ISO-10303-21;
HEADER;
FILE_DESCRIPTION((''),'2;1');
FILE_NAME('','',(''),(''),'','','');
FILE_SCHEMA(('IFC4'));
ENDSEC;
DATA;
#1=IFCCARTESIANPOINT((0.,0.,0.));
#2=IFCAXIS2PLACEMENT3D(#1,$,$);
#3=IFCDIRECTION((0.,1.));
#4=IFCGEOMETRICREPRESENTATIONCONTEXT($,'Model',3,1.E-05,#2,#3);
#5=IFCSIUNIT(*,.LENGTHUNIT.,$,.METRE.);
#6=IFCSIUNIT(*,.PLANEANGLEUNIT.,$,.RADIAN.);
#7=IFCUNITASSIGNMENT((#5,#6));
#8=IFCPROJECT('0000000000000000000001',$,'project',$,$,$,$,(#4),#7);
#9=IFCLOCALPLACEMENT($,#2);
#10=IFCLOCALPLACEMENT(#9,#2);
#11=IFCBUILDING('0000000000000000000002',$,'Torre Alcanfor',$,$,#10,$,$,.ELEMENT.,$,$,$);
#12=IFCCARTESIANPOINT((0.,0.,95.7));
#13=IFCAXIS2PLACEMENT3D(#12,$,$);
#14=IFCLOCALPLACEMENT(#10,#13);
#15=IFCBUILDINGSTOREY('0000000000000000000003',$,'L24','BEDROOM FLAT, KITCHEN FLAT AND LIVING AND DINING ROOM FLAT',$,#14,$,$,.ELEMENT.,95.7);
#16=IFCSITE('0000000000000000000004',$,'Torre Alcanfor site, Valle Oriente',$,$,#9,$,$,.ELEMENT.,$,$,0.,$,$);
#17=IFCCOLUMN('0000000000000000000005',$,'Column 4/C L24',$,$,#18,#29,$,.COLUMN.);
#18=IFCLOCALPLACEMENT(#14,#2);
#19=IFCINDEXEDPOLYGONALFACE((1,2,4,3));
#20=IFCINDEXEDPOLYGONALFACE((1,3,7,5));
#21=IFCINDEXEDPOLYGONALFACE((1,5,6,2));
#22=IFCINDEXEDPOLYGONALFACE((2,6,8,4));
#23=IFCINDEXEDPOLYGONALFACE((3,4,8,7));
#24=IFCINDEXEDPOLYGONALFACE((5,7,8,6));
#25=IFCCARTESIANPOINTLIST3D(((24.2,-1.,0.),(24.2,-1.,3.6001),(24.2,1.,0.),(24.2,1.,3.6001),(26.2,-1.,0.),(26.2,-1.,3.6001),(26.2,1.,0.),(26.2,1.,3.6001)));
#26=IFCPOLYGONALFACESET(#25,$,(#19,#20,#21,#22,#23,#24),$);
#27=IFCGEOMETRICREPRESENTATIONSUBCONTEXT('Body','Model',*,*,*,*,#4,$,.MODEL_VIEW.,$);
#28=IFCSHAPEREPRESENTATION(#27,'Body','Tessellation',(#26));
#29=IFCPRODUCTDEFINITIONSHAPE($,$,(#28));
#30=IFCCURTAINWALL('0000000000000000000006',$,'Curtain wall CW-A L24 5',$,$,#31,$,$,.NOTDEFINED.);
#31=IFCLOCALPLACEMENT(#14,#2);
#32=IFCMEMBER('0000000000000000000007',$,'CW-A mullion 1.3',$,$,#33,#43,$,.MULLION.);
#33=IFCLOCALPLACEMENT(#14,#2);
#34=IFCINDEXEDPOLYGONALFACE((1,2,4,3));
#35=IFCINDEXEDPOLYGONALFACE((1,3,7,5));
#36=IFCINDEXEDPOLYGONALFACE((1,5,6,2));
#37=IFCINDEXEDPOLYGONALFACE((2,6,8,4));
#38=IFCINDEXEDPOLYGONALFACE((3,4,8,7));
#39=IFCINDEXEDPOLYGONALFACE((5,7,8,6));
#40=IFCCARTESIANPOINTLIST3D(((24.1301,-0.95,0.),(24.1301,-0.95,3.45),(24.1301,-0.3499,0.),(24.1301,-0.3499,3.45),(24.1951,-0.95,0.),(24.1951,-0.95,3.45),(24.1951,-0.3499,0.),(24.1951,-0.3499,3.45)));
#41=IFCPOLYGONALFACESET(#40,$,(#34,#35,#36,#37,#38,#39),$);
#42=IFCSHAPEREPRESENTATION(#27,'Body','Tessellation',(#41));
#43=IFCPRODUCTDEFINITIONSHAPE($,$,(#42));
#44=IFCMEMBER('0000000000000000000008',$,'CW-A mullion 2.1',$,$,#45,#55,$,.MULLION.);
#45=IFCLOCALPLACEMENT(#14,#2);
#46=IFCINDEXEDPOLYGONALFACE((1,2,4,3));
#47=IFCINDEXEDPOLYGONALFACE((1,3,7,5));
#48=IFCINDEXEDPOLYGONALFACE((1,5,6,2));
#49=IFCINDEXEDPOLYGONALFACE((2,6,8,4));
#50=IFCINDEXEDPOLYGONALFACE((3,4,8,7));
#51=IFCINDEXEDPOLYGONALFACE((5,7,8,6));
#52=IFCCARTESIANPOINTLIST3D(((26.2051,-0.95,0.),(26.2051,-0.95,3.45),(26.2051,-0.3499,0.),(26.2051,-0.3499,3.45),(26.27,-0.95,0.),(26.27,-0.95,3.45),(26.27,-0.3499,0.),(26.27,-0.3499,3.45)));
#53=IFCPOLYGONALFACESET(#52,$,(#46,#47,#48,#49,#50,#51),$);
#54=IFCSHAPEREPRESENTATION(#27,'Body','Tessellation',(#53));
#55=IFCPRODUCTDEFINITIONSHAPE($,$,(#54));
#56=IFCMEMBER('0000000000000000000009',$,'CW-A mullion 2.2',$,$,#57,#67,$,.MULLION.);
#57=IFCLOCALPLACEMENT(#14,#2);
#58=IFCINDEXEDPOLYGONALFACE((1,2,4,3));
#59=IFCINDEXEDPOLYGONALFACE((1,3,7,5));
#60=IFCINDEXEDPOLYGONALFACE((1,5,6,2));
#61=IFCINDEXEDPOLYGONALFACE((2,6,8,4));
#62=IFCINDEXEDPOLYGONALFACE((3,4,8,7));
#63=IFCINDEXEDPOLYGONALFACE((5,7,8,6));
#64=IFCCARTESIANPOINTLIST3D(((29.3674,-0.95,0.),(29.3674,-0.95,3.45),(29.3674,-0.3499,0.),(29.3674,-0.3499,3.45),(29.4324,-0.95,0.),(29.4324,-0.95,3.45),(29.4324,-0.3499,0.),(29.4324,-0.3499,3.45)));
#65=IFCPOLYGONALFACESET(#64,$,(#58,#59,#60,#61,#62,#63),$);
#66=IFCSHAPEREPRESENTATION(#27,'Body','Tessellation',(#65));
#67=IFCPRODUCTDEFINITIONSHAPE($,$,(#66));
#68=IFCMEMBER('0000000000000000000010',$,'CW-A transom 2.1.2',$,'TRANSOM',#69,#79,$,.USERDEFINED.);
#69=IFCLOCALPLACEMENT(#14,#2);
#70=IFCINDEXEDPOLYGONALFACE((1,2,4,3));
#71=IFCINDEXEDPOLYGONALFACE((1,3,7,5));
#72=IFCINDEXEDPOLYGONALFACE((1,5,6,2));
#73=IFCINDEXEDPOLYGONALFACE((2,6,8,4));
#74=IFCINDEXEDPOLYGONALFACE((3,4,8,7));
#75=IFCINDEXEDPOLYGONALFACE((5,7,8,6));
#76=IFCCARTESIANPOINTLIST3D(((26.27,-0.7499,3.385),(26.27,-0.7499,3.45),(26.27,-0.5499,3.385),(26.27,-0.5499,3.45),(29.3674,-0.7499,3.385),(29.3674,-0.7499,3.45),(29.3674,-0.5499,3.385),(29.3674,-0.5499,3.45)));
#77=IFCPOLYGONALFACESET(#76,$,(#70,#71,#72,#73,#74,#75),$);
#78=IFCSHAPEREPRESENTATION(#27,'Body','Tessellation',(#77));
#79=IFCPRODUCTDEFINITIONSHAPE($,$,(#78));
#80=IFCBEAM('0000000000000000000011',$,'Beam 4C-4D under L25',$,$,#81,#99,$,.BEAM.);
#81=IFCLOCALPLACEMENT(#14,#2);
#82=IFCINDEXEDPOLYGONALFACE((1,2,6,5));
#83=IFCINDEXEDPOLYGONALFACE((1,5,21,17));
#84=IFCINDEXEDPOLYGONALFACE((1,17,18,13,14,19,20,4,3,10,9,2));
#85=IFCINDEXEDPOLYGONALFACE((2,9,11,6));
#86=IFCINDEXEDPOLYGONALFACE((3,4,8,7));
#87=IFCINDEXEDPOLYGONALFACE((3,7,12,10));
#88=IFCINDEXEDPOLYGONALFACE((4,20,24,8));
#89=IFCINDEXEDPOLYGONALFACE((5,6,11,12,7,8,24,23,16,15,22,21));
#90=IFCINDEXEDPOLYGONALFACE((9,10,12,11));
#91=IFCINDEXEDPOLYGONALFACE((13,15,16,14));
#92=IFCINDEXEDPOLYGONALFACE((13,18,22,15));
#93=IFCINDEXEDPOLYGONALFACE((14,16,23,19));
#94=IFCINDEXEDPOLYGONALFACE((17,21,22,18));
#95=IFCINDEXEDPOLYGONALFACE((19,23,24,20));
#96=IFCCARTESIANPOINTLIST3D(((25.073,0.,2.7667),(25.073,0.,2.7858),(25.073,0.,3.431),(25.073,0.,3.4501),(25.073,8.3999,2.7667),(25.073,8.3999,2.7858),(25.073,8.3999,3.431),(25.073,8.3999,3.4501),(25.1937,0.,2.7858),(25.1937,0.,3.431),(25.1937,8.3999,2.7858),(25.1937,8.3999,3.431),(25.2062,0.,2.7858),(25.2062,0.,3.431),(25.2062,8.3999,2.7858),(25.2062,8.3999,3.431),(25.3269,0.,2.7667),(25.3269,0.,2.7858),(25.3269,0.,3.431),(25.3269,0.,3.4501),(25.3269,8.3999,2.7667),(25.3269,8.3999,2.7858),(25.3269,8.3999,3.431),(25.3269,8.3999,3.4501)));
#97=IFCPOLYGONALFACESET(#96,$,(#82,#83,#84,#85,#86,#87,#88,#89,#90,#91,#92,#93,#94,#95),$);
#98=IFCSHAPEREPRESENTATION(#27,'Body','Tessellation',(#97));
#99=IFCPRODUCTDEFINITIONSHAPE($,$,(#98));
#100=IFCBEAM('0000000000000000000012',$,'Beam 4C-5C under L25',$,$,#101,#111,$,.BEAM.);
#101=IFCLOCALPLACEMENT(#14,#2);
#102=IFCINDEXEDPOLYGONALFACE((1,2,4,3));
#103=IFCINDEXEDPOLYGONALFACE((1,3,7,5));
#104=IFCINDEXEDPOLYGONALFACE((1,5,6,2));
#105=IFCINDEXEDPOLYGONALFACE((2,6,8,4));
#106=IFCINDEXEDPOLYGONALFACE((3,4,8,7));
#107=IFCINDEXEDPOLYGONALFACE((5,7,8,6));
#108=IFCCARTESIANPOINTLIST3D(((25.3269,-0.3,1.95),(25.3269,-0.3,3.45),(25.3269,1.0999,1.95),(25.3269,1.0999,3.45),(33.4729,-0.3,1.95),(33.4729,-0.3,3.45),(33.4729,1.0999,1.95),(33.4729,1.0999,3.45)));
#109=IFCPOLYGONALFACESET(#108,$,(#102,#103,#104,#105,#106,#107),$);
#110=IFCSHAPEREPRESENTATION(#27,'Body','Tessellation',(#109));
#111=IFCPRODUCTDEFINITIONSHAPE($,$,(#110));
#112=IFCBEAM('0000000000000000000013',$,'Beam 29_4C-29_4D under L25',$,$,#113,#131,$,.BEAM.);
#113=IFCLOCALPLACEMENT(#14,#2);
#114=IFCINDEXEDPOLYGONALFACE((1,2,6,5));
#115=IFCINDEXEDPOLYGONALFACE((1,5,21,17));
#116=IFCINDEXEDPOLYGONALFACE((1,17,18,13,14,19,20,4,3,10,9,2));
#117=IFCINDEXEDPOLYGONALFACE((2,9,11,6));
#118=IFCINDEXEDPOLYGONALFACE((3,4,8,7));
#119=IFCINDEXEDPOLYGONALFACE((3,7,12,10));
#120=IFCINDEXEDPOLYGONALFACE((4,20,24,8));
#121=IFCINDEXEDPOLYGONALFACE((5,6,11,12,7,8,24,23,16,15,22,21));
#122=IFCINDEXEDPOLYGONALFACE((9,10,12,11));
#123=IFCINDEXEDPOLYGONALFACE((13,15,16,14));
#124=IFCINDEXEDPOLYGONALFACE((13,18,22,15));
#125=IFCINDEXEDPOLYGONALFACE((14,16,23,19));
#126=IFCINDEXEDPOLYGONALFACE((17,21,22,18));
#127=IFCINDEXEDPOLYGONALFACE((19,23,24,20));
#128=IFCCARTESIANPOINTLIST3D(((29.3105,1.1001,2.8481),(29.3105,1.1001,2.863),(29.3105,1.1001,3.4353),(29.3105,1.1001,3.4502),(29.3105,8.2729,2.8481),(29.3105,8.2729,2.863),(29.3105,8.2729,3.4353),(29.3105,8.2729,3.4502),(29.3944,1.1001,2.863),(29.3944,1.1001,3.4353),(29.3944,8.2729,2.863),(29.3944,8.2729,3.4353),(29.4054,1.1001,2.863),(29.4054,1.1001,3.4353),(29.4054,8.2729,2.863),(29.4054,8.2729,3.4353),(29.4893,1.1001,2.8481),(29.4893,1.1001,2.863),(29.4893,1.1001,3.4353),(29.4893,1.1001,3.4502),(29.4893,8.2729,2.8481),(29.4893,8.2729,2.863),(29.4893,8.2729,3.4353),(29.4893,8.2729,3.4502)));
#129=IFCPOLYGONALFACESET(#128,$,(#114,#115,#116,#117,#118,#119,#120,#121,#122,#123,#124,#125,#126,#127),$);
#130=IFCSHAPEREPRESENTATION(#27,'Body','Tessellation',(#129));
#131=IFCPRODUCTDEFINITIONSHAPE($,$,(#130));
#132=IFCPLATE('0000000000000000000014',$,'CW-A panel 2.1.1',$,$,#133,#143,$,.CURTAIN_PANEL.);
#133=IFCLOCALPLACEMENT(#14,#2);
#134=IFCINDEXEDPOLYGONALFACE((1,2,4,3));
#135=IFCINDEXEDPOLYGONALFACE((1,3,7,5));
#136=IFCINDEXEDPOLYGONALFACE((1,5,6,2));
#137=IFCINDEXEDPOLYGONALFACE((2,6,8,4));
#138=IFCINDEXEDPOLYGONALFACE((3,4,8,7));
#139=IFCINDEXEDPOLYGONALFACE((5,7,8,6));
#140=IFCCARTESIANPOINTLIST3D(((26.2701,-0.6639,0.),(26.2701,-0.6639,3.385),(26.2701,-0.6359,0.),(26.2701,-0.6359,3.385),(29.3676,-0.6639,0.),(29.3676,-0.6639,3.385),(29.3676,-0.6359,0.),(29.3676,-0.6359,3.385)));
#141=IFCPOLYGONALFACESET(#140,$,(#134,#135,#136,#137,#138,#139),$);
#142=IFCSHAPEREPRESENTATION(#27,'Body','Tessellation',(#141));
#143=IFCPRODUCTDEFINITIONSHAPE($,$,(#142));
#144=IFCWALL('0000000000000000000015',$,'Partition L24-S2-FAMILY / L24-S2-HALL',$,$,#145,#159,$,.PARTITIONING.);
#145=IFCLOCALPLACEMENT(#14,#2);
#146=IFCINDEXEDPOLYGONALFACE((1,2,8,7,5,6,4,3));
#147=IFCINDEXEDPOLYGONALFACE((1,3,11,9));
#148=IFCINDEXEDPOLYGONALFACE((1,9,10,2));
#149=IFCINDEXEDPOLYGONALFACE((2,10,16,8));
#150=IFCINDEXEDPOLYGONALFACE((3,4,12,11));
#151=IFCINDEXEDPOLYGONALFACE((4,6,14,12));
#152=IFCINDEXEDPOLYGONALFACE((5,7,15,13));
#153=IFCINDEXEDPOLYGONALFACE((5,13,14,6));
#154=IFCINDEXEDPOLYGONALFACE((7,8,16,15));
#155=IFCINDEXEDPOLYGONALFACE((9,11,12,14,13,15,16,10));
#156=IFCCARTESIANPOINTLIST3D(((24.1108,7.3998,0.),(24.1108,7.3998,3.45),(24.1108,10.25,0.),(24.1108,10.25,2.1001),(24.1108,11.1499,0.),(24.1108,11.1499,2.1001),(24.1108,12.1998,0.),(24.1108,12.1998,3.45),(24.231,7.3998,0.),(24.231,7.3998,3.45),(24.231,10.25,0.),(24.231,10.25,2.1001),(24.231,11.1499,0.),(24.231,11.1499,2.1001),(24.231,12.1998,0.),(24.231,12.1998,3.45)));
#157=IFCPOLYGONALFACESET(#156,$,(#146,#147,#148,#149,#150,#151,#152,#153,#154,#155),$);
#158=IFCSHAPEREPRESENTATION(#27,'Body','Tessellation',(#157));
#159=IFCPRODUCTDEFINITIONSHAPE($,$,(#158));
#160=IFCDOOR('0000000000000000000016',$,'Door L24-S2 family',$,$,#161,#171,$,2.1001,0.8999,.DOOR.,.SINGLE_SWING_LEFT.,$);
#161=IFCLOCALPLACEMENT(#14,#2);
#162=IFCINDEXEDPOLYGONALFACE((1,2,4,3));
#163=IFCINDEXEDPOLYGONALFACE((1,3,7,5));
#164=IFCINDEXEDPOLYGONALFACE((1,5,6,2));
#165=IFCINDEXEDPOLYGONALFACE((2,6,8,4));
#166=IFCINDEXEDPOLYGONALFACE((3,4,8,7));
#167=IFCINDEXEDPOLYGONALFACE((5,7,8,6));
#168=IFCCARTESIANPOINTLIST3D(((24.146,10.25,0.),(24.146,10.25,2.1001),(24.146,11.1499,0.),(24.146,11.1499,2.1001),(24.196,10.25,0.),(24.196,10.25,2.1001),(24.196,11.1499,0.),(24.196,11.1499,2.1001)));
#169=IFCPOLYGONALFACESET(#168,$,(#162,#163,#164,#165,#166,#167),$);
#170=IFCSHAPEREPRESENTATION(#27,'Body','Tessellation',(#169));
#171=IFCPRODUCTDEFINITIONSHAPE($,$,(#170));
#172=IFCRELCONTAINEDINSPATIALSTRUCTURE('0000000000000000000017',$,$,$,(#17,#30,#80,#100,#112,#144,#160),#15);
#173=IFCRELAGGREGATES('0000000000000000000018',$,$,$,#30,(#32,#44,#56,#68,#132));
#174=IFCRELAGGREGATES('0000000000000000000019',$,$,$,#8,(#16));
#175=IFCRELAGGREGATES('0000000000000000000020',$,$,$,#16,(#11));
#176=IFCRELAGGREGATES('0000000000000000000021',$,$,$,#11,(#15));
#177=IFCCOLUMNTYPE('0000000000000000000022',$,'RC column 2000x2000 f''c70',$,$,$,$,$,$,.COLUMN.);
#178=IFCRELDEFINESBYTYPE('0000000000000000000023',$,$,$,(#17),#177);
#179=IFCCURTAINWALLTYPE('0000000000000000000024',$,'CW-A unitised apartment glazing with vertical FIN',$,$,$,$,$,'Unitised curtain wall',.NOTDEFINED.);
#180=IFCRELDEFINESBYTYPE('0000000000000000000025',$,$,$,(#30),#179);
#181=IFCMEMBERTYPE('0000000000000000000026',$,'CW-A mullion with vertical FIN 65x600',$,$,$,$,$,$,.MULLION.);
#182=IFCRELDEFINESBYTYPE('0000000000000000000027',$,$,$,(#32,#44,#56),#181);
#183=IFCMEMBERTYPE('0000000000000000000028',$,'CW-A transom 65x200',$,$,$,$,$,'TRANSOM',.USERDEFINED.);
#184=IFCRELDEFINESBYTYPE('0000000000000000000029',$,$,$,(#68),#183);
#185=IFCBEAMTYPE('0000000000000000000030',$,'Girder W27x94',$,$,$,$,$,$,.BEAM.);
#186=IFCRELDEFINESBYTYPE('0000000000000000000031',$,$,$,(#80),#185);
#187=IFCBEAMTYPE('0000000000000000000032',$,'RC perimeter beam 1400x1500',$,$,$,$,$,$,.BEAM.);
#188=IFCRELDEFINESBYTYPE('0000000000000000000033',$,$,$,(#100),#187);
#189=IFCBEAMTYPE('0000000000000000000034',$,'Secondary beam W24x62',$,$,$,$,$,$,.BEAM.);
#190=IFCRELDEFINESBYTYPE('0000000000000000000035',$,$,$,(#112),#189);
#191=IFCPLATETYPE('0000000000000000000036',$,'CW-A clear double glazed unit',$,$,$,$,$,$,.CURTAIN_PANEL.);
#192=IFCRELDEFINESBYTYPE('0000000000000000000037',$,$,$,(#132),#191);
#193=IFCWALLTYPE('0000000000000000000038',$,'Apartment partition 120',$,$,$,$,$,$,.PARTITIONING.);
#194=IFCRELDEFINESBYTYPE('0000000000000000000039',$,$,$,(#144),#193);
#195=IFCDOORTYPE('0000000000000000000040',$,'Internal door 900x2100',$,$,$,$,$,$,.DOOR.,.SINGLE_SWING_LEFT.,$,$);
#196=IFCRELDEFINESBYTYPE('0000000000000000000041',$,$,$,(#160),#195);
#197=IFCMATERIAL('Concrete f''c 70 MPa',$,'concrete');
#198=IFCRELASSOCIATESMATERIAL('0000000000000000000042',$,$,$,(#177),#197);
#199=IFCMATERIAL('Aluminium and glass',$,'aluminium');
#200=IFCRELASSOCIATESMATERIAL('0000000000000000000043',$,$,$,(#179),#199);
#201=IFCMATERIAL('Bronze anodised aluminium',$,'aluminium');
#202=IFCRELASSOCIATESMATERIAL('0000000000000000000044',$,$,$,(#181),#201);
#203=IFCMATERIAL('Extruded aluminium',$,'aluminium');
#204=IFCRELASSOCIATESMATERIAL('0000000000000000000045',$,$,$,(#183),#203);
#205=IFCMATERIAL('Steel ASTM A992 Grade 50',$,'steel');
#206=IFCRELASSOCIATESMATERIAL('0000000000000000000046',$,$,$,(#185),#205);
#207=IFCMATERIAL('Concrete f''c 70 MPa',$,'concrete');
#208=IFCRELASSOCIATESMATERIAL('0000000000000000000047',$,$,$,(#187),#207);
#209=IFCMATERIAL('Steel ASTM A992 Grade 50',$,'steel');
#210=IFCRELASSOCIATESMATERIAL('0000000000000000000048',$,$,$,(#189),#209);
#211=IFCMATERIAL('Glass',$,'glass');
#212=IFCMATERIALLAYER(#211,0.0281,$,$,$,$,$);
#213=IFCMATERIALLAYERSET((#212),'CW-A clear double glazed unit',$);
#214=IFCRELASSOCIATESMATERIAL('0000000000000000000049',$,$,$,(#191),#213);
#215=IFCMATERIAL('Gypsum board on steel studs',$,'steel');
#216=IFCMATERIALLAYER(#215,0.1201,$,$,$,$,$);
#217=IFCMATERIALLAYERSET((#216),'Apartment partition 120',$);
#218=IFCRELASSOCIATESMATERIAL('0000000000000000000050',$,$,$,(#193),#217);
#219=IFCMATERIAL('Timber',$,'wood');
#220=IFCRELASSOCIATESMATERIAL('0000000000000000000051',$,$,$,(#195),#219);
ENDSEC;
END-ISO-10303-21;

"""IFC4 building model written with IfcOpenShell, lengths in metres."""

from ifc_helpers import new_model, si_unit, direction, frame, frame_2d, origin, origin_2d, place, context, subcontext, project, spatial, rectangle, i_section, extrude, material, layer, layer_set, material_profile, profile_set, type_object, element, fill, aggregate, save


model = new_model("IFC4")

# Units and contexts
model_context = context("Model", 3, precision=1e-05, world=origin(), true_north=direction((0.0, 1.0)))
body_context = subcontext(model_context, "Body", "Model", "MODEL_VIEW")
ifc_project = project(units=[si_unit("LENGTHUNIT", "METRE"), si_unit("PLANEANGLEUNIT", "RADIAN")], contexts=[model_context])

# Site, building, storey
site_placement = place(None, origin())
site = spatial("IfcSite", under=ifc_project, at=site_placement, Name="Torre Alcanfor site, Valle Oriente", CompositionType="ELEMENT", RefElevation=0.0)
building_placement = place(site_placement, origin())
building = spatial("IfcBuilding", under=site, at=building_placement, Name="Torre Alcanfor", CompositionType="ELEMENT")
storey_placement = place(building_placement, frame((0.0, 0.0, 95.7)))
storey = spatial("IfcBuildingStorey", under=building, at=storey_placement, Name="L24", Description="BEDROOM FLAT, KITCHEN FLAT AND LIVING AND DINING ROOM FLAT", CompositionType="ELEMENT", Elevation=95.7)

# Column
ifc_material_1 = material(Name="Concrete f'c 70 MPa", Category="concrete")
ifc_material_profile_1 = material_profile(ifc_material_1, rectangle(XDim=2.0, YDim=2.0, at=origin_2d()), Name="2000x2000")
ifc_profile_set_1 = profile_set([ifc_material_profile_1], Name="Concrete f'c 70 MPa")
column_type = type_object("IfcColumnType", Name="RC column 2000x2000 f'c70", PredefinedType="COLUMN", material=ifc_profile_set_1)
column_placement = place(storey_placement, frame((25.2, 0.0, 0.0), z_axis=(0.0, 0.0, 1.0), x_axis=(1.0, 0.0, 0.0)))
element("IfcColumn", 1, at=column_placement, inside=storey, type_object=column_type, Name="Column 4/C L24", PredefinedType="COLUMN", context=body_context, shape_type="SweptSolid", body=[
    extrude(rectangle(XDim=2.0, YDim=2.0, at=origin_2d()), origin(), (0.0, 0.0, 1.0), 3.6001),
])

# Curtain wall, members
ifc_material_2 = material(Name="Aluminium and glass", Category="aluminium")
curtain_wall_type = type_object("IfcCurtainWallType", Name="CW-A unitised apartment glazing with vertical FIN", ElementType="Unitised curtain wall", PredefinedType="NOTDEFINED", material=ifc_material_2)
curtain_wall_placement = place(storey_placement, origin())
curtain_wall = element("IfcCurtainWall", 2, at=curtain_wall_placement, inside=storey, type_object=curtain_wall_type, Name="Curtain wall CW-A L24 5", PredefinedType="NOTDEFINED")
ifc_material_3 = material(Name="Bronze anodised aluminium", Category="aluminium")
ifc_material_profile_2 = material_profile(ifc_material_3, rectangle(XDim=0.6001, YDim=0.0649, at=origin_2d()), Name="CW-A mullion 65x600")
ifc_profile_set_2 = profile_set([ifc_material_profile_2], Name="Bronze anodised aluminium")
member_type_1 = type_object("IfcMemberType", Name="CW-A mullion with vertical FIN 65x600", PredefinedType="MULLION", material=ifc_profile_set_2)
member_1_placement = place(storey_placement, frame((24.1626, -0.6499, 0.0), z_axis=(0.0, 0.0, 1.0), x_axis=(0.0, 1.0, 0.0)))
member_1 = element("IfcMember", 3, at=member_1_placement, type_object=member_type_1, Name="CW-A mullion 1.3", PredefinedType="MULLION", context=body_context, shape_type="SweptSolid", body=[
    extrude(rectangle(XDim=0.6001, YDim=0.0649, at=origin_2d()), origin(), (0.0, 0.0, 1.0), 3.45),
])
member_2_placement = place(storey_placement, frame((26.2375, -0.6499, 0.0), z_axis=(0.0, 0.0, 1.0), x_axis=(0.0, 1.0, 0.0)))
member_2 = element("IfcMember", 4, at=member_2_placement, type_object=member_type_1, Name="CW-A mullion 2.1", PredefinedType="MULLION", context=body_context, shape_type="SweptSolid", body=[
    extrude(rectangle(XDim=0.6001, YDim=0.0649, at=origin_2d()), origin(), (0.0, 0.0, 1.0), 3.45),
])
member_3_placement = place(storey_placement, frame((29.3999, -0.6499, 0.0), z_axis=(0.0, 0.0, 1.0), x_axis=(0.0, 1.0, 0.0)))
member_3 = element("IfcMember", 5, at=member_3_placement, type_object=member_type_1, Name="CW-A mullion 2.2", PredefinedType="MULLION", context=body_context, shape_type="SweptSolid", body=[
    extrude(rectangle(XDim=0.6001, YDim=0.0649, at=origin_2d()), origin(), (0.0, 0.0, 1.0), 3.45),
])
ifc_material_4 = material(Name="Extruded aluminium", Category="aluminium")
ifc_material_profile_3 = material_profile(ifc_material_4, rectangle(XDim=0.2, YDim=0.0649, at=origin_2d()), Name="CW-A transom 200x65")
ifc_profile_set_3 = profile_set([ifc_material_profile_3], Name="Extruded aluminium")
member_type_2 = type_object("IfcMemberType", Name="CW-A transom 65x200", ElementType="TRANSOM", PredefinedType="USERDEFINED", material=ifc_profile_set_3)
member_4_placement = place(storey_placement, frame((26.27, -0.6499, 3.4175), z_axis=(1.0, 0.0, 0.0), x_axis=(0.0, 1.0, 0.0)))
member_4 = element("IfcMember", 6, at=member_4_placement, type_object=member_type_2, Name="CW-A transom 2.1.2", ObjectType="TRANSOM", PredefinedType="USERDEFINED", context=body_context, shape_type="SweptSolid", body=[
    extrude(rectangle(XDim=0.2, YDim=0.0649, at=origin_2d()), origin(), (0.0, 0.0, 1.0), 3.0974),
])

# Beams
ifc_material_5 = material(Name="Steel ASTM A992 Grade 50", Category="steel")
ifc_material_profile_4 = material_profile(ifc_material_5, i_section(OverallWidth=0.2539, OverallDepth=0.6833, WebThickness=0.0125, FlangeThickness=0.019, at=origin_2d()), Name="W27x94")
ifc_profile_set_4 = profile_set([ifc_material_profile_4], Name="Steel ASTM A992 Grade 50")
beam_type_1 = type_object("IfcBeamType", Name="Girder W27x94", PredefinedType="BEAM", material=ifc_profile_set_4)
beam_1_placement = place(storey_placement, frame((25.2, 0.0, 3.1084), z_axis=(0.0, 1.0, 0.0), x_axis=(-1.0, 0.0, 0.0)))
element("IfcBeam", 7, at=beam_1_placement, inside=storey, type_object=beam_type_1, Name="Beam 4C-4D under L25", PredefinedType="BEAM", context=body_context, shape_type="SweptSolid", body=[
    extrude(i_section(OverallWidth=0.2539, OverallDepth=0.6833, WebThickness=0.0125, FlangeThickness=0.019, at=origin_2d()), origin(), (0.0, 0.0, 1.0), 8.3999),
])
ifc_material_6 = material(Name="Concrete f'c 70 MPa", Category="concrete")
ifc_material_profile_5 = material_profile(ifc_material_6, rectangle(XDim=1.3999, YDim=1.5, at=origin_2d()), Name="1400x1500")
ifc_profile_set_5 = profile_set([ifc_material_profile_5], Name="Concrete f'c 70 MPa")
beam_type_2 = type_object("IfcBeamType", Name="RC perimeter beam 1400x1500", PredefinedType="BEAM", material=ifc_profile_set_5)
beam_2_placement = place(storey_placement, frame((25.3269, 0.3999, 2.7), z_axis=(1.0, 0.0, 0.0), x_axis=(0.0, 1.0, 0.0)))
element("IfcBeam", 8, at=beam_2_placement, inside=storey, type_object=beam_type_2, Name="Beam 4C-5C under L25", PredefinedType="BEAM", context=body_context, shape_type="SweptSolid", body=[
    extrude(rectangle(XDim=1.3999, YDim=1.5, at=origin_2d()), origin(), (0.0, 0.0, 1.0), 8.146),
])
ifc_material_7 = material(Name="Steel ASTM A992 Grade 50", Category="steel")
ifc_material_profile_6 = material_profile(ifc_material_7, i_section(OverallWidth=0.1787, OverallDepth=0.6021, WebThickness=0.011, FlangeThickness=0.0149, at=origin_2d()), Name="W24x62")
ifc_profile_set_6 = profile_set([ifc_material_profile_6], Name="Steel ASTM A992 Grade 50")
beam_type_3 = type_object("IfcBeamType", Name="Secondary beam W24x62", PredefinedType="BEAM", material=ifc_profile_set_6)
beam_3_placement = place(storey_placement, frame((29.3999, 1.1001, 3.1492), z_axis=(0.0, 1.0, 0.0), x_axis=(-1.0, 0.0, 0.0)))
element("IfcBeam", 9, at=beam_3_placement, inside=storey, type_object=beam_type_3, Name="Beam 29_4C-29_4D under L25", PredefinedType="BEAM", context=body_context, shape_type="SweptSolid", body=[
    extrude(i_section(OverallWidth=0.1787, OverallDepth=0.6021, WebThickness=0.011, FlangeThickness=0.0149, at=origin_2d()), origin(), (0.0, 0.0, 1.0), 7.1729),
])

# Plate
ifc_material_8 = material(Name="Glass", Category="glass")
ifc_layer_1 = layer(ifc_material_8, 0.0281)
ifc_layer_set_1 = layer_set([ifc_layer_1], Name="CW-A clear double glazed unit")
plate_type = type_object("IfcPlateType", Name="CW-A clear double glazed unit", PredefinedType="CURTAIN_PANEL", material=ifc_layer_set_1)
plate_placement = place(storey_placement, frame((27.8188, -0.6499, 0.0), z_axis=(0.0, 0.0, 1.0), x_axis=(1.0, 0.0, 0.0)))
plate = element("IfcPlate", 10, at=plate_placement, type_object=plate_type, Name="CW-A panel 2.1.1", PredefinedType="CURTAIN_PANEL", context=body_context, shape_type="SweptSolid", body=[
    extrude(rectangle(XDim=3.0974, YDim=0.0281, at=origin_2d()), origin(), (0.0, 0.0, 1.0), 3.385),
])
aggregate(curtain_wall, [member_1, member_2, member_3, member_4, plate])

# Wall, opening, door
ifc_material_9 = material(Name="Gypsum board on steel studs", Category="steel")
ifc_layer_2 = layer(ifc_material_9, 0.1201)
ifc_layer_set_2 = layer_set([ifc_layer_2], Name="Apartment partition 120")
wall_type = type_object("IfcWallType", Name="Apartment partition 120", PredefinedType="PARTITIONING", material=ifc_layer_set_2)
wall_1_placement = place(storey_placement, frame((24.1709, 7.3999, 0.0), z_axis=(0.0, 0.0, 1.0), x_axis=(0.0, 1.0, 0.0)))
wall_1 = element("IfcWall", 11, at=wall_1_placement, inside=storey, type_object=wall_type, Name="Partition L24-S2-FAMILY / L24-S2-HALL", PredefinedType="PARTITIONING", context=body_context, shape_type="SweptSolid", body=[
    extrude(rectangle(XDim=4.8, YDim=0.1201, at=frame_2d((2.3999, 0.0))), origin(), (0.0, 0.0, 1.0), 3.45),
])
opening_1_placement = place(wall_1_placement, frame((2.8501, 0.0, 0.0)))
opening_1 = element("IfcOpeningElement", 12, at=opening_1_placement, cuts=wall_1, PredefinedType="OPENING", context=body_context, shape_type="SweptSolid", body=[
    extrude(rectangle(XDim=0.8999, YDim=2.1001, at=frame_2d((0.45, 1.05))), frame((0.0, 0.0701, 0.0), z_axis=(0.0, -1.0, 0.0), x_axis=(1.0, 0.0, 0.0)), (0.0, 0.0, 1.0), 0.1401),
])
ifc_material_10 = material(Name="Timber", Category="wood")
door_type = type_object("IfcDoorType", Name="Internal door 900x2100", OperationType="SINGLE_SWING_LEFT", PredefinedType="DOOR", material=ifc_material_10)
door_1_placement = place(opening_1_placement, frame((0.8999, 0.0, 0.0), z_axis=(0.0, 0.0, 1.0), x_axis=(-1.0, 0.0, 0.0)))
door_1 = element("IfcDoor", 13, at=door_1_placement, inside=storey, type_object=door_type, Name="Door L24-S2 family", OperationType="SINGLE_SWING_LEFT", OverallHeight=2.1001, OverallWidth=0.8999, PredefinedType="DOOR", context=body_context, shape_type="SweptSolid", body=[
    extrude(rectangle(XDim=0.8999, YDim=2.1001, at=frame_2d((0.45, 1.05))), frame((0.0, 0.0251, 0.0), z_axis=(0.0, -1.0, 0.0), x_axis=(1.0, 0.0, 0.0)), (0.0, 0.0, 1.0), 0.05),
])
fill(opening_1, door_1)

save(model, "model.ifc")
